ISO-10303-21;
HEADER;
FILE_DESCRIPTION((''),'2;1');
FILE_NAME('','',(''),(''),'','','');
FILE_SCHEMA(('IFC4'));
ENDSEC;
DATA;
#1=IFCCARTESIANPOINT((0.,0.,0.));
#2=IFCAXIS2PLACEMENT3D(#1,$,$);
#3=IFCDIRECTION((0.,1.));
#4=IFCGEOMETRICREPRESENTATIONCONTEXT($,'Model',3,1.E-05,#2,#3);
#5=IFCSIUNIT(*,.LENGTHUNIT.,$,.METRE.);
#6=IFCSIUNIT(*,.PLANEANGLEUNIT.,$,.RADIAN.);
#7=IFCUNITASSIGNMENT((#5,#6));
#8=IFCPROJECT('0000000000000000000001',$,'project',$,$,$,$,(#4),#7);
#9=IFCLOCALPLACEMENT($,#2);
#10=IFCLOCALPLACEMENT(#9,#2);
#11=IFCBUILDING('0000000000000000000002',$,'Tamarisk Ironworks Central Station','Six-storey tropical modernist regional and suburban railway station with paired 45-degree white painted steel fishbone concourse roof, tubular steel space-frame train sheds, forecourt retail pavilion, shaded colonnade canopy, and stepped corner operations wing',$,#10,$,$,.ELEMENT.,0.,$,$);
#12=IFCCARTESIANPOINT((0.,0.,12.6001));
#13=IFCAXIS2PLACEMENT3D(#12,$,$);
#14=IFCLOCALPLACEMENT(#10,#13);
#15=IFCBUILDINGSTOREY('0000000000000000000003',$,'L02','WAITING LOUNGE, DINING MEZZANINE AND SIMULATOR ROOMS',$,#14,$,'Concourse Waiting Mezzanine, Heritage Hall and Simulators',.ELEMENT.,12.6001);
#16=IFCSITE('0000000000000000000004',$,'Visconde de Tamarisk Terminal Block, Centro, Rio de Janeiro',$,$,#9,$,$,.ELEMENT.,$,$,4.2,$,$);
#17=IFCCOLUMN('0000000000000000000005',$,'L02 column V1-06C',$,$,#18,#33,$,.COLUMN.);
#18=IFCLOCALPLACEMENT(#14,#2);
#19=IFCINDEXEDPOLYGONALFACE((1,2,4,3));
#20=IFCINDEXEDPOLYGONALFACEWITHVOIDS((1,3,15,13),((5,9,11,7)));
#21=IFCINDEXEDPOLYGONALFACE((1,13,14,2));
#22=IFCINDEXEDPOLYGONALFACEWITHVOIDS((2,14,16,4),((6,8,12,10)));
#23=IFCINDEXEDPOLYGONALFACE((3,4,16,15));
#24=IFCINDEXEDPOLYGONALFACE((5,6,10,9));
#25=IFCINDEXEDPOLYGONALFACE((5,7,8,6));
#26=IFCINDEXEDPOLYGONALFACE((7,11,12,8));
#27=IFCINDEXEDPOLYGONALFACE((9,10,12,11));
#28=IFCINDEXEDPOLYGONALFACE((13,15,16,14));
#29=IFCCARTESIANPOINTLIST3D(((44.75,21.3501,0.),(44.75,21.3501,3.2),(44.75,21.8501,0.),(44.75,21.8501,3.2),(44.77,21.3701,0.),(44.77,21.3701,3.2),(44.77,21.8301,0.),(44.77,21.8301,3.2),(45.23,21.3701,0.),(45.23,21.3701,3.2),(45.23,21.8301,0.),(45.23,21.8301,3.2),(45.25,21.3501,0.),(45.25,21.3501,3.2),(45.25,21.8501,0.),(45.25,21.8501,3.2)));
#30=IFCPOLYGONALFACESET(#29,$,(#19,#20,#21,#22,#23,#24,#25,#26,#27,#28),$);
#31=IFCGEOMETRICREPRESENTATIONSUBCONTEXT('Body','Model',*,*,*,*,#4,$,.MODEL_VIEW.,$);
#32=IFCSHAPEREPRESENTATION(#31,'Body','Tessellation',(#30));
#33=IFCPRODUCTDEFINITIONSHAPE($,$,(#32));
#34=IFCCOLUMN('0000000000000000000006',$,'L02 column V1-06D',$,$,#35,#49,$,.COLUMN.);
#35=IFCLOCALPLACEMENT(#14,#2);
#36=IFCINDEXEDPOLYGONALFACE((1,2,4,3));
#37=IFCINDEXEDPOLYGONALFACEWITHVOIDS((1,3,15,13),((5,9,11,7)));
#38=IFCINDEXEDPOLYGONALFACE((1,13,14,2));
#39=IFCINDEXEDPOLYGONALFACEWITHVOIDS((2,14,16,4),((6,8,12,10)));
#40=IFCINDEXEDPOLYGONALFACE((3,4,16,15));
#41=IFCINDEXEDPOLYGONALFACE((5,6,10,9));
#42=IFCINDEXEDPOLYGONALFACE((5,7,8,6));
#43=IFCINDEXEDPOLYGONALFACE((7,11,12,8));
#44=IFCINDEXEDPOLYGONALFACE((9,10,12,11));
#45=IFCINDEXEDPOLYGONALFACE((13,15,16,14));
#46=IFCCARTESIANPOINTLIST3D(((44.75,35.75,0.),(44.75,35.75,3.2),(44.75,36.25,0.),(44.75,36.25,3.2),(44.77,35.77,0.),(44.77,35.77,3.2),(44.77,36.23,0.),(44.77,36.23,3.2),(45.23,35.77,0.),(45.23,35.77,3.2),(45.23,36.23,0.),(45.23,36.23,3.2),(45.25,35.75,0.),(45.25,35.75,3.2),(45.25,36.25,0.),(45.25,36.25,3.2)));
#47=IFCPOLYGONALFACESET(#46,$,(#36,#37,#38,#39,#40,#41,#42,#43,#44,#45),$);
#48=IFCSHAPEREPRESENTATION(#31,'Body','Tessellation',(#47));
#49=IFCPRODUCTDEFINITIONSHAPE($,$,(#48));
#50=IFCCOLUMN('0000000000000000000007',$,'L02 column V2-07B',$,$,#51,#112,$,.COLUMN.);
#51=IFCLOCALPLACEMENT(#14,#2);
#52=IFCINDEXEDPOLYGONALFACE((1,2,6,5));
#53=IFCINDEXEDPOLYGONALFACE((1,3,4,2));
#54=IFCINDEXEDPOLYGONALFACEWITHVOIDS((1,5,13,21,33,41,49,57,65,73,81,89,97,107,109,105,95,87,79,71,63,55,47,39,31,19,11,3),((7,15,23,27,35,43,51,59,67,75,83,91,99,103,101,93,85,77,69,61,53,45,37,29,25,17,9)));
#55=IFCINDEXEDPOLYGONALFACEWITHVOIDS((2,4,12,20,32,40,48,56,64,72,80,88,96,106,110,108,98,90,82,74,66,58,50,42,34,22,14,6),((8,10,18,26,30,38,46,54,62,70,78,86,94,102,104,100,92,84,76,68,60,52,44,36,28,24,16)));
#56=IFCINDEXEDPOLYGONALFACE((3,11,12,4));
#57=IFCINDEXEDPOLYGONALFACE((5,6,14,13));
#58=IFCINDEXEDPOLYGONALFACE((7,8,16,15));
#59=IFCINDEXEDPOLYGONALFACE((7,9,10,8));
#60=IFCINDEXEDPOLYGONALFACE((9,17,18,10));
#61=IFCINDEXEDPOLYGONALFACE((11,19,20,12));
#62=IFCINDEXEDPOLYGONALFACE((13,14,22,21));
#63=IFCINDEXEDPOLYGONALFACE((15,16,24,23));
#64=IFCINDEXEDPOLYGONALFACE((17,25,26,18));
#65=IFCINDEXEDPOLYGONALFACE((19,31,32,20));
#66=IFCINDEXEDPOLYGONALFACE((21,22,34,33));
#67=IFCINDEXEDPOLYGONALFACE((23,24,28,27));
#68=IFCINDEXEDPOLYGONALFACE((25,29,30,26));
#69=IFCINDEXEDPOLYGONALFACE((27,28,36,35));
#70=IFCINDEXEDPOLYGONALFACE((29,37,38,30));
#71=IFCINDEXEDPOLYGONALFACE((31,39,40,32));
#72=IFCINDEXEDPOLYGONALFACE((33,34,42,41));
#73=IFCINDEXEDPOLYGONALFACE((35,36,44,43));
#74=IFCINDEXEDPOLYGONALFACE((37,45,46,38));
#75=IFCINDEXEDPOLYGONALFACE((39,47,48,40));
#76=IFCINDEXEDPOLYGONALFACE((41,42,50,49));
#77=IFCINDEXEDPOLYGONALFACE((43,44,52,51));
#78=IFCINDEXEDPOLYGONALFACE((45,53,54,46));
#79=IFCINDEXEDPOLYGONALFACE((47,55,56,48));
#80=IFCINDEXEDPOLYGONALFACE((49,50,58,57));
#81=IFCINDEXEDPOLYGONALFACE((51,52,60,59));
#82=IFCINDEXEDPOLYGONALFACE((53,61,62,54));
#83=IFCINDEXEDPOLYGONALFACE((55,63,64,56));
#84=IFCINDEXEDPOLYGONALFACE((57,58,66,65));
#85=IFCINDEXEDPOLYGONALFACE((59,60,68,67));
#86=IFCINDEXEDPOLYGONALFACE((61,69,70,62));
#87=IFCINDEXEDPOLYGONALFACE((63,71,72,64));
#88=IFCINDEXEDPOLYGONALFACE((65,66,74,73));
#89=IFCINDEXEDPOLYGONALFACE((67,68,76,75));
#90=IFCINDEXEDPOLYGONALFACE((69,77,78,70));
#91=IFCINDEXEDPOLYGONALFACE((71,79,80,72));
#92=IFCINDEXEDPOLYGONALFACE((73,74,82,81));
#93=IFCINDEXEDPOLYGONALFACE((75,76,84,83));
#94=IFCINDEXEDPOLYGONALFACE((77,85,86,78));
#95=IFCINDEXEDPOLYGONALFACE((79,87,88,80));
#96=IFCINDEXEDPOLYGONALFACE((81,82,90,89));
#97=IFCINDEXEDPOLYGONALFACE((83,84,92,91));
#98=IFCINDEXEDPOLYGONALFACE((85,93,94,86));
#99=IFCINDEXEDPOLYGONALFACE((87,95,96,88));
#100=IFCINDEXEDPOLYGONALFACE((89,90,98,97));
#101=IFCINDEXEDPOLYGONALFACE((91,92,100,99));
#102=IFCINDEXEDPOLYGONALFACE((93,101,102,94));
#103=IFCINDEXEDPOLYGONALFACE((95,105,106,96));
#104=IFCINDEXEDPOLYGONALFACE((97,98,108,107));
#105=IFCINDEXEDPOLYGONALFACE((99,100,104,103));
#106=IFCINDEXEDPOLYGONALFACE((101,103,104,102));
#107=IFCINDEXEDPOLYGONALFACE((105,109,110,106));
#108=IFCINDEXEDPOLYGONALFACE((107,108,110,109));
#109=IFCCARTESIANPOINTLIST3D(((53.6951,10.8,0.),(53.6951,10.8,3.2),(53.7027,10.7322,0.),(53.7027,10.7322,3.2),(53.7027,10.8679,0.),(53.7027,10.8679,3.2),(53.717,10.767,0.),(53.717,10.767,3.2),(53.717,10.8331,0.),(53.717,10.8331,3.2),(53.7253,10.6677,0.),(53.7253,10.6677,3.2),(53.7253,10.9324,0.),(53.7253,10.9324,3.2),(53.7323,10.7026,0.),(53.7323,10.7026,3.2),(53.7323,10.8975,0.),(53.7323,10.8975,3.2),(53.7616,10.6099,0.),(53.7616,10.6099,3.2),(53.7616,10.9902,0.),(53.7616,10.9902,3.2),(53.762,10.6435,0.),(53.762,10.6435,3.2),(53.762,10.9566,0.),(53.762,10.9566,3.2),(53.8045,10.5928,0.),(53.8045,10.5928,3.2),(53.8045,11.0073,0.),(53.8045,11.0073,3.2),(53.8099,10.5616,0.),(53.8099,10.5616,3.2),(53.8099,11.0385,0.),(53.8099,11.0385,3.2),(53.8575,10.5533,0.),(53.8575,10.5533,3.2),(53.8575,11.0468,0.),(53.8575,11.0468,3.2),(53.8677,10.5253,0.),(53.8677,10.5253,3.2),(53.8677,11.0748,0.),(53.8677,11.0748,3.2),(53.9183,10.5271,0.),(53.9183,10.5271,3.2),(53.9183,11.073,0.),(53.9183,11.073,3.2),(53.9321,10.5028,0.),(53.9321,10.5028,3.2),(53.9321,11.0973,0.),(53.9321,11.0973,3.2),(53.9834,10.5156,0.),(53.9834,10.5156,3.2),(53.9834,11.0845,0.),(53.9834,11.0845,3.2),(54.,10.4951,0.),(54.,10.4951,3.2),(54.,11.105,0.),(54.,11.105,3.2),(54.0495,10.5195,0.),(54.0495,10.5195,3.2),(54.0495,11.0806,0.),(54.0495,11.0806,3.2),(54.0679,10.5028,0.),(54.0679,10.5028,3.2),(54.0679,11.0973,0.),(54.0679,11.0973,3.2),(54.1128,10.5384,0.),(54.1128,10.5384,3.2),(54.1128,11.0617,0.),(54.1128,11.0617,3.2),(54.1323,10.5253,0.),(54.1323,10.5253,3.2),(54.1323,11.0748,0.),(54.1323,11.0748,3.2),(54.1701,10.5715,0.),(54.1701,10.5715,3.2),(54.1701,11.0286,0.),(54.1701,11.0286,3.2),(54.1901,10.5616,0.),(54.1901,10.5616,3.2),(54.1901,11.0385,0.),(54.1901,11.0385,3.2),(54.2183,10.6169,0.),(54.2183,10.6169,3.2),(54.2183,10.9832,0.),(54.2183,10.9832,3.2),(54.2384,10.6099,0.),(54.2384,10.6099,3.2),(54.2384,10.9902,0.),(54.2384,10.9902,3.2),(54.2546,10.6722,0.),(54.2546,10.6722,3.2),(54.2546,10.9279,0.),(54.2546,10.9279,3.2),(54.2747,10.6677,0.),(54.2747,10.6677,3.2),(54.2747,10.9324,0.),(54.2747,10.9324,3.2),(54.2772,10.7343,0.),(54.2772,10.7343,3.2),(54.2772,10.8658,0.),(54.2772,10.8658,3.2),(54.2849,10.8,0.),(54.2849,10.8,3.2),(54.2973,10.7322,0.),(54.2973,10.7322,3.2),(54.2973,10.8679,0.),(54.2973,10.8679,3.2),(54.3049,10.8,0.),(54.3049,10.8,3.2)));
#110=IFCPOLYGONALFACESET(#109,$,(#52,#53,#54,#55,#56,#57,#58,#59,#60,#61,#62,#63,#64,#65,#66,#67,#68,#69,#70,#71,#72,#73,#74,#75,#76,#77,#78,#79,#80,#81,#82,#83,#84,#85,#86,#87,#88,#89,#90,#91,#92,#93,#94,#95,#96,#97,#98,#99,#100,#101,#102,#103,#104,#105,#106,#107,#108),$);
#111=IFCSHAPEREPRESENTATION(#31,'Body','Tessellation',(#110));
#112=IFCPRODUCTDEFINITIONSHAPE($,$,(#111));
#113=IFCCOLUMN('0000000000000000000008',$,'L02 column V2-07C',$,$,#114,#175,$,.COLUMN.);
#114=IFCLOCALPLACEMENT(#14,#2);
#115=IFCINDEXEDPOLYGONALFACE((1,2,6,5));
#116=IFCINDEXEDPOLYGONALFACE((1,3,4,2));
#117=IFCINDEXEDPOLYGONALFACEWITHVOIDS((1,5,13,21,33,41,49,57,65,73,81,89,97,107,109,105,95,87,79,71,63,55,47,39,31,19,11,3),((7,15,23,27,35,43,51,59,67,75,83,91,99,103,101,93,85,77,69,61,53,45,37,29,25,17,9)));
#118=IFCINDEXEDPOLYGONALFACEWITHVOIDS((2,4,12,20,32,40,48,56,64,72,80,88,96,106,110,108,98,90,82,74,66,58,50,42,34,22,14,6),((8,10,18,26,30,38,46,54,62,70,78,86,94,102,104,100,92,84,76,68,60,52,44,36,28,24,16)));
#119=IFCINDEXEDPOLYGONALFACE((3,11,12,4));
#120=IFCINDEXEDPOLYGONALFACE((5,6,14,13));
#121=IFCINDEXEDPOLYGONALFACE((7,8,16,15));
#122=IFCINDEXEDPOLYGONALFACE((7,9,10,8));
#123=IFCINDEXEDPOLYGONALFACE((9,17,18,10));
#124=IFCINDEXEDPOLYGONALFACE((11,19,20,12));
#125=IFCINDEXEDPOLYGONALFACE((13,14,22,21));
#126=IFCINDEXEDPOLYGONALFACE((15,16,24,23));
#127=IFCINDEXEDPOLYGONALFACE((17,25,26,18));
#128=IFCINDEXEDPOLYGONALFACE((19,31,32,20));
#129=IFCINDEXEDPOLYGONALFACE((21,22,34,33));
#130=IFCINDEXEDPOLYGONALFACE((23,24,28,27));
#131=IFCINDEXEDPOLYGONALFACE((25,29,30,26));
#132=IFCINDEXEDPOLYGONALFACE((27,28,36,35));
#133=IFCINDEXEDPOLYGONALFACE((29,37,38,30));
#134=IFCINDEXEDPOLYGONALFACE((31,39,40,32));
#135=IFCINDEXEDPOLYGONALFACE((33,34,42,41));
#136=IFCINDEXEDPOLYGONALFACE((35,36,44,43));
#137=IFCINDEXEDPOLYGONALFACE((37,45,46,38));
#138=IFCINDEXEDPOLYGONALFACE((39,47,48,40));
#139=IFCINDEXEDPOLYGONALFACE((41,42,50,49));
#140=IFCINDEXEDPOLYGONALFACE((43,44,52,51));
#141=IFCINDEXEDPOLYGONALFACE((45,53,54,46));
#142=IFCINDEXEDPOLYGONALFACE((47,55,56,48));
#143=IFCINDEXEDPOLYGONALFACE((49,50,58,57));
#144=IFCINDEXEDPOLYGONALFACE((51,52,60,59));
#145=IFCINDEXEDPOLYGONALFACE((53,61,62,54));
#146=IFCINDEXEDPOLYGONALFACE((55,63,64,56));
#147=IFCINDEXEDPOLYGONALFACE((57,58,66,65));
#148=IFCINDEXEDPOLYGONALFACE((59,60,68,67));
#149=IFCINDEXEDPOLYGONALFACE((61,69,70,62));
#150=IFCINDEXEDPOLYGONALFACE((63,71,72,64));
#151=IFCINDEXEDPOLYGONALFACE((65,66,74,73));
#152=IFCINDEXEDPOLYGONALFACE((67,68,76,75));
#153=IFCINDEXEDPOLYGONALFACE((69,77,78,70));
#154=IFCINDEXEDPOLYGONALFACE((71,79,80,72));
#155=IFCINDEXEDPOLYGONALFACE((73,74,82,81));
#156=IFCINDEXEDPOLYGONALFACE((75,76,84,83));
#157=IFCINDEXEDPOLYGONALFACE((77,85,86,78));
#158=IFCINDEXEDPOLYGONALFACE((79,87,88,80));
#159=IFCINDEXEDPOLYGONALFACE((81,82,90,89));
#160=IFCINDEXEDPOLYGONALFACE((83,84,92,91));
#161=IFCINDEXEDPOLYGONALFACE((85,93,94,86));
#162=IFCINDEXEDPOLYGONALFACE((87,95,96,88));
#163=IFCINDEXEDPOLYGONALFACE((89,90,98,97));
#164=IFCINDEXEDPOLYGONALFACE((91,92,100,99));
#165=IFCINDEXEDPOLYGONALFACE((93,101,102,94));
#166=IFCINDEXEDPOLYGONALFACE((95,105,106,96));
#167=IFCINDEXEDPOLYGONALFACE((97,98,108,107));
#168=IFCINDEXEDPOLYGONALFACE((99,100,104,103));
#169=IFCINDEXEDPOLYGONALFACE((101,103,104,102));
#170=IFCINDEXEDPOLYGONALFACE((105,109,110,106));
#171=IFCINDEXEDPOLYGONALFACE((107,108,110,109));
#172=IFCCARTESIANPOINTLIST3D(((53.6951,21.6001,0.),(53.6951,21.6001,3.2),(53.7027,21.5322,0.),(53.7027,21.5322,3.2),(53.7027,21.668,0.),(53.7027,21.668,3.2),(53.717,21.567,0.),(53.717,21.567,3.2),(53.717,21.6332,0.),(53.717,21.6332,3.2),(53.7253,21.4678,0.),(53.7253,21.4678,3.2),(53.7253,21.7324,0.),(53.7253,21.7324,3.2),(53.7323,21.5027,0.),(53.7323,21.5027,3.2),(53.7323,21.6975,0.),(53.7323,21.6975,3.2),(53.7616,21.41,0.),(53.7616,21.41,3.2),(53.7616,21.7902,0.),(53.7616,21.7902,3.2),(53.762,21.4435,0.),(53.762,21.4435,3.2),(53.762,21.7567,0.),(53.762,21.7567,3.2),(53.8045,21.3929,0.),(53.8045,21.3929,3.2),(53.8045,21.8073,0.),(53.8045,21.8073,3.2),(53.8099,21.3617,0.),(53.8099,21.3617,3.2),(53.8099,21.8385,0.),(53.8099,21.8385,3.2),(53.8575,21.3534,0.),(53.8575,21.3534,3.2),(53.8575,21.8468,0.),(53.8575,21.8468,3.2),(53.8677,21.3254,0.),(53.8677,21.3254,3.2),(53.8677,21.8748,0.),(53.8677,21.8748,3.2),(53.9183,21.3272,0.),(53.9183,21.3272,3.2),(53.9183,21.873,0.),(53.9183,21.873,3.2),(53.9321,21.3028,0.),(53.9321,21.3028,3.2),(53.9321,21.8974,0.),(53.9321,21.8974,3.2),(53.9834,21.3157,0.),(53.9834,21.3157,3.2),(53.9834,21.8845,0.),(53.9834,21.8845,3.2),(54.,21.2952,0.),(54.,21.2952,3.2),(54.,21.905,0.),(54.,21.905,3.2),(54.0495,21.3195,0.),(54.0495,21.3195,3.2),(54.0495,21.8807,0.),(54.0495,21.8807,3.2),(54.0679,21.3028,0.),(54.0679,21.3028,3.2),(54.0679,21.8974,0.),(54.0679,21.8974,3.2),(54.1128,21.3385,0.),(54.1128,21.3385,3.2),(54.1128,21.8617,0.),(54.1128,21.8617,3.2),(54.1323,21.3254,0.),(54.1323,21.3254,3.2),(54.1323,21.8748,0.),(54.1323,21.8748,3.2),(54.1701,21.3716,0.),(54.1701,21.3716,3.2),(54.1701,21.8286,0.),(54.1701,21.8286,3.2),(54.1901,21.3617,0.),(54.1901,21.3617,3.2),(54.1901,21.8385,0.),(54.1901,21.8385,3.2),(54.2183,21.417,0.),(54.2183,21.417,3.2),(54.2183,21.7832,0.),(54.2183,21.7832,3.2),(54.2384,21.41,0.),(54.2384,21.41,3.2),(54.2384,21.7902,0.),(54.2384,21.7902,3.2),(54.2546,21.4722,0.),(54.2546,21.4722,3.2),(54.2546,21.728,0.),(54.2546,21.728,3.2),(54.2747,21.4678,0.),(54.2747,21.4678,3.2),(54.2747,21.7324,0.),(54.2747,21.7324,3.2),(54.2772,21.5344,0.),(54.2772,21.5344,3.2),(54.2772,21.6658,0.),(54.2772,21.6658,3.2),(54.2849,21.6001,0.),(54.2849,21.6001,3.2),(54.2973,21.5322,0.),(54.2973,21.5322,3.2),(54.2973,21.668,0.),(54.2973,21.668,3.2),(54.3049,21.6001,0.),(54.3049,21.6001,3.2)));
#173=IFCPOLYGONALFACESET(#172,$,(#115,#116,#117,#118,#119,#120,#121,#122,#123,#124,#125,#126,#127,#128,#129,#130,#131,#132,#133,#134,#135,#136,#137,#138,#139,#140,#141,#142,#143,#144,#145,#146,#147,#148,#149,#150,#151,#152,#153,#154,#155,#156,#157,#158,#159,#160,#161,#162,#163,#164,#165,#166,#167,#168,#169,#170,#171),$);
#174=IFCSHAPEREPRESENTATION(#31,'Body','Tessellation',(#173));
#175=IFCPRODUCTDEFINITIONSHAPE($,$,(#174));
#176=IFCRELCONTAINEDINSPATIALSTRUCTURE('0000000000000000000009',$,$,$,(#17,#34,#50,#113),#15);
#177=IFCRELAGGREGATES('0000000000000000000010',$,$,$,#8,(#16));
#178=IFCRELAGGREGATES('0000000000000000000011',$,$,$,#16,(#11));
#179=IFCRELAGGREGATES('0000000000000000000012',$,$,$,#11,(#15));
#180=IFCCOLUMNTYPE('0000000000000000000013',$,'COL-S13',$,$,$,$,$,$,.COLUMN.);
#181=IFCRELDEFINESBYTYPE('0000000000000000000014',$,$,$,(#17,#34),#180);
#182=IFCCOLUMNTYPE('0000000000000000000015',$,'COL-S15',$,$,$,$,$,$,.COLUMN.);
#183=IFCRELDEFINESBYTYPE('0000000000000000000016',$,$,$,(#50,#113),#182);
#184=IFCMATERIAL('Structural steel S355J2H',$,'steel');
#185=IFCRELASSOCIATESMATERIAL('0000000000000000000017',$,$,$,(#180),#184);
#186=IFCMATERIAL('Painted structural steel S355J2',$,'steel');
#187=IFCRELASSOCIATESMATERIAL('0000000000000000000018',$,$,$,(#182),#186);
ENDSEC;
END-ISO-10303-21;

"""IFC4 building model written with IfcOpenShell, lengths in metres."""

from ifc_helpers import new_model, si_unit, direction, frame, origin, origin_2d, place, context, subcontext, project, spatial, hollow_rectangle, hollow_circle, extrude, material, material_profile, profile_set, type_object, element, save


model = new_model("IFC4")

# Units and contexts
model_context = context("Model", 3, precision=1e-05, world=origin(), true_north=direction((0.0, 1.0)))
body_context = subcontext(model_context, "Body", "Model", "MODEL_VIEW")
ifc_project = project(units=[si_unit("LENGTHUNIT", "METRE"), si_unit("PLANEANGLEUNIT", "RADIAN")], contexts=[model_context])

# Site, building, storey
site_placement = place(None, origin())
site = spatial("IfcSite", under=ifc_project, at=site_placement, Name="Visconde de Tamarisk Terminal Block, Centro, Rio de Janeiro", CompositionType="ELEMENT", RefElevation=4.2)
building_placement = place(site_placement, origin())
building = spatial("IfcBuilding", under=site, at=building_placement, Name="Tamarisk Ironworks Central Station", Description="Six-storey tropical modernist regional and suburban railway station with paired 45-degree white painted steel fishbone concourse roof, tubular steel space-frame train sheds, forecourt retail pavilion, shaded colonnade canopy, and stepped corner operations wing", CompositionType="ELEMENT", ElevationOfRefHeight=0.0)
storey_placement = place(building_placement, frame((0.0, 0.0, 12.6001)))
storey = spatial("IfcBuildingStorey", under=building, at=storey_placement, Name="L02", Description="WAITING LOUNGE, DINING MEZZANINE AND SIMULATOR ROOMS", LongName="Concourse Waiting Mezzanine, Heritage Hall and Simulators", CompositionType="ELEMENT", Elevation=12.6001)

# Columns
ifc_material_1 = material(Name="Structural steel S355J2H", Category="steel")
ifc_material_profile_1 = material_profile(ifc_material_1, hollow_rectangle(XDim=0.5, YDim=0.5, WallThickness=0.02, at=origin_2d()), Name="SHS 500x500x20")
ifc_profile_set_1 = profile_set([ifc_material_profile_1], Name="Structural steel S355J2H")
column_type_1 = type_object("IfcColumnType", Name="COL-S13", PredefinedType="COLUMN", material=ifc_profile_set_1)
for number, where, z_axis, x_axis, name in (
    (1, (45.0, 21.6001, 0.0), (0.0, 0.0, 1.0), (1.0, 0.0, 0.0), "L02 column V1-06C"),
    (2, (45.0, 36.0, 0.0), (0.0, 0.0, 1.0), (1.0, 0.0, 0.0), "L02 column V1-06D"),
):
    element("IfcColumn", number, at=place(storey_placement, frame(where, z_axis=z_axis, x_axis=x_axis)), inside=storey, type_object=column_type_1, Name=name, PredefinedType="COLUMN", context=body_context, shape_type="SweptSolid", body=[
        extrude(hollow_rectangle(XDim=0.5, YDim=0.5, WallThickness=0.02, at=origin_2d()), origin(), (0.0, 0.0, 1.0), 3.2),
    ])
ifc_material_2 = material(Name="Painted structural steel S355J2", Category="steel")
ifc_material_profile_2 = material_profile(ifc_material_2, hollow_circle(Radius=0.3049, WallThickness=0.02, at=origin_2d()), Name="CHS 610x20")
ifc_profile_set_2 = profile_set([ifc_material_profile_2], Name="Painted structural steel S355J2")
column_type_2 = type_object("IfcColumnType", Name="COL-S15", PredefinedType="COLUMN", material=ifc_profile_set_2)
for number, where, z_axis, x_axis, name in (
    (3, (54.0, 10.8, 0.0), (0.0, 0.0, 1.0), (1.0, 0.0, 0.0), "L02 column V2-07B"),
    (4, (54.0, 21.6001, 0.0), (0.0, 0.0, 1.0), (1.0, 0.0, 0.0), "L02 column V2-07C"),
):
    element("IfcColumn", number, at=place(storey_placement, frame(where, z_axis=z_axis, x_axis=x_axis)), inside=storey, type_object=column_type_2, Name=name, PredefinedType="COLUMN", context=body_context, shape_type="SweptSolid", body=[
        extrude(hollow_circle(Radius=0.3049, WallThickness=0.02, at=origin_2d()), origin(), (0.0, 0.0, 1.0), 3.2),
    ])

save(model, "model.ifc")
